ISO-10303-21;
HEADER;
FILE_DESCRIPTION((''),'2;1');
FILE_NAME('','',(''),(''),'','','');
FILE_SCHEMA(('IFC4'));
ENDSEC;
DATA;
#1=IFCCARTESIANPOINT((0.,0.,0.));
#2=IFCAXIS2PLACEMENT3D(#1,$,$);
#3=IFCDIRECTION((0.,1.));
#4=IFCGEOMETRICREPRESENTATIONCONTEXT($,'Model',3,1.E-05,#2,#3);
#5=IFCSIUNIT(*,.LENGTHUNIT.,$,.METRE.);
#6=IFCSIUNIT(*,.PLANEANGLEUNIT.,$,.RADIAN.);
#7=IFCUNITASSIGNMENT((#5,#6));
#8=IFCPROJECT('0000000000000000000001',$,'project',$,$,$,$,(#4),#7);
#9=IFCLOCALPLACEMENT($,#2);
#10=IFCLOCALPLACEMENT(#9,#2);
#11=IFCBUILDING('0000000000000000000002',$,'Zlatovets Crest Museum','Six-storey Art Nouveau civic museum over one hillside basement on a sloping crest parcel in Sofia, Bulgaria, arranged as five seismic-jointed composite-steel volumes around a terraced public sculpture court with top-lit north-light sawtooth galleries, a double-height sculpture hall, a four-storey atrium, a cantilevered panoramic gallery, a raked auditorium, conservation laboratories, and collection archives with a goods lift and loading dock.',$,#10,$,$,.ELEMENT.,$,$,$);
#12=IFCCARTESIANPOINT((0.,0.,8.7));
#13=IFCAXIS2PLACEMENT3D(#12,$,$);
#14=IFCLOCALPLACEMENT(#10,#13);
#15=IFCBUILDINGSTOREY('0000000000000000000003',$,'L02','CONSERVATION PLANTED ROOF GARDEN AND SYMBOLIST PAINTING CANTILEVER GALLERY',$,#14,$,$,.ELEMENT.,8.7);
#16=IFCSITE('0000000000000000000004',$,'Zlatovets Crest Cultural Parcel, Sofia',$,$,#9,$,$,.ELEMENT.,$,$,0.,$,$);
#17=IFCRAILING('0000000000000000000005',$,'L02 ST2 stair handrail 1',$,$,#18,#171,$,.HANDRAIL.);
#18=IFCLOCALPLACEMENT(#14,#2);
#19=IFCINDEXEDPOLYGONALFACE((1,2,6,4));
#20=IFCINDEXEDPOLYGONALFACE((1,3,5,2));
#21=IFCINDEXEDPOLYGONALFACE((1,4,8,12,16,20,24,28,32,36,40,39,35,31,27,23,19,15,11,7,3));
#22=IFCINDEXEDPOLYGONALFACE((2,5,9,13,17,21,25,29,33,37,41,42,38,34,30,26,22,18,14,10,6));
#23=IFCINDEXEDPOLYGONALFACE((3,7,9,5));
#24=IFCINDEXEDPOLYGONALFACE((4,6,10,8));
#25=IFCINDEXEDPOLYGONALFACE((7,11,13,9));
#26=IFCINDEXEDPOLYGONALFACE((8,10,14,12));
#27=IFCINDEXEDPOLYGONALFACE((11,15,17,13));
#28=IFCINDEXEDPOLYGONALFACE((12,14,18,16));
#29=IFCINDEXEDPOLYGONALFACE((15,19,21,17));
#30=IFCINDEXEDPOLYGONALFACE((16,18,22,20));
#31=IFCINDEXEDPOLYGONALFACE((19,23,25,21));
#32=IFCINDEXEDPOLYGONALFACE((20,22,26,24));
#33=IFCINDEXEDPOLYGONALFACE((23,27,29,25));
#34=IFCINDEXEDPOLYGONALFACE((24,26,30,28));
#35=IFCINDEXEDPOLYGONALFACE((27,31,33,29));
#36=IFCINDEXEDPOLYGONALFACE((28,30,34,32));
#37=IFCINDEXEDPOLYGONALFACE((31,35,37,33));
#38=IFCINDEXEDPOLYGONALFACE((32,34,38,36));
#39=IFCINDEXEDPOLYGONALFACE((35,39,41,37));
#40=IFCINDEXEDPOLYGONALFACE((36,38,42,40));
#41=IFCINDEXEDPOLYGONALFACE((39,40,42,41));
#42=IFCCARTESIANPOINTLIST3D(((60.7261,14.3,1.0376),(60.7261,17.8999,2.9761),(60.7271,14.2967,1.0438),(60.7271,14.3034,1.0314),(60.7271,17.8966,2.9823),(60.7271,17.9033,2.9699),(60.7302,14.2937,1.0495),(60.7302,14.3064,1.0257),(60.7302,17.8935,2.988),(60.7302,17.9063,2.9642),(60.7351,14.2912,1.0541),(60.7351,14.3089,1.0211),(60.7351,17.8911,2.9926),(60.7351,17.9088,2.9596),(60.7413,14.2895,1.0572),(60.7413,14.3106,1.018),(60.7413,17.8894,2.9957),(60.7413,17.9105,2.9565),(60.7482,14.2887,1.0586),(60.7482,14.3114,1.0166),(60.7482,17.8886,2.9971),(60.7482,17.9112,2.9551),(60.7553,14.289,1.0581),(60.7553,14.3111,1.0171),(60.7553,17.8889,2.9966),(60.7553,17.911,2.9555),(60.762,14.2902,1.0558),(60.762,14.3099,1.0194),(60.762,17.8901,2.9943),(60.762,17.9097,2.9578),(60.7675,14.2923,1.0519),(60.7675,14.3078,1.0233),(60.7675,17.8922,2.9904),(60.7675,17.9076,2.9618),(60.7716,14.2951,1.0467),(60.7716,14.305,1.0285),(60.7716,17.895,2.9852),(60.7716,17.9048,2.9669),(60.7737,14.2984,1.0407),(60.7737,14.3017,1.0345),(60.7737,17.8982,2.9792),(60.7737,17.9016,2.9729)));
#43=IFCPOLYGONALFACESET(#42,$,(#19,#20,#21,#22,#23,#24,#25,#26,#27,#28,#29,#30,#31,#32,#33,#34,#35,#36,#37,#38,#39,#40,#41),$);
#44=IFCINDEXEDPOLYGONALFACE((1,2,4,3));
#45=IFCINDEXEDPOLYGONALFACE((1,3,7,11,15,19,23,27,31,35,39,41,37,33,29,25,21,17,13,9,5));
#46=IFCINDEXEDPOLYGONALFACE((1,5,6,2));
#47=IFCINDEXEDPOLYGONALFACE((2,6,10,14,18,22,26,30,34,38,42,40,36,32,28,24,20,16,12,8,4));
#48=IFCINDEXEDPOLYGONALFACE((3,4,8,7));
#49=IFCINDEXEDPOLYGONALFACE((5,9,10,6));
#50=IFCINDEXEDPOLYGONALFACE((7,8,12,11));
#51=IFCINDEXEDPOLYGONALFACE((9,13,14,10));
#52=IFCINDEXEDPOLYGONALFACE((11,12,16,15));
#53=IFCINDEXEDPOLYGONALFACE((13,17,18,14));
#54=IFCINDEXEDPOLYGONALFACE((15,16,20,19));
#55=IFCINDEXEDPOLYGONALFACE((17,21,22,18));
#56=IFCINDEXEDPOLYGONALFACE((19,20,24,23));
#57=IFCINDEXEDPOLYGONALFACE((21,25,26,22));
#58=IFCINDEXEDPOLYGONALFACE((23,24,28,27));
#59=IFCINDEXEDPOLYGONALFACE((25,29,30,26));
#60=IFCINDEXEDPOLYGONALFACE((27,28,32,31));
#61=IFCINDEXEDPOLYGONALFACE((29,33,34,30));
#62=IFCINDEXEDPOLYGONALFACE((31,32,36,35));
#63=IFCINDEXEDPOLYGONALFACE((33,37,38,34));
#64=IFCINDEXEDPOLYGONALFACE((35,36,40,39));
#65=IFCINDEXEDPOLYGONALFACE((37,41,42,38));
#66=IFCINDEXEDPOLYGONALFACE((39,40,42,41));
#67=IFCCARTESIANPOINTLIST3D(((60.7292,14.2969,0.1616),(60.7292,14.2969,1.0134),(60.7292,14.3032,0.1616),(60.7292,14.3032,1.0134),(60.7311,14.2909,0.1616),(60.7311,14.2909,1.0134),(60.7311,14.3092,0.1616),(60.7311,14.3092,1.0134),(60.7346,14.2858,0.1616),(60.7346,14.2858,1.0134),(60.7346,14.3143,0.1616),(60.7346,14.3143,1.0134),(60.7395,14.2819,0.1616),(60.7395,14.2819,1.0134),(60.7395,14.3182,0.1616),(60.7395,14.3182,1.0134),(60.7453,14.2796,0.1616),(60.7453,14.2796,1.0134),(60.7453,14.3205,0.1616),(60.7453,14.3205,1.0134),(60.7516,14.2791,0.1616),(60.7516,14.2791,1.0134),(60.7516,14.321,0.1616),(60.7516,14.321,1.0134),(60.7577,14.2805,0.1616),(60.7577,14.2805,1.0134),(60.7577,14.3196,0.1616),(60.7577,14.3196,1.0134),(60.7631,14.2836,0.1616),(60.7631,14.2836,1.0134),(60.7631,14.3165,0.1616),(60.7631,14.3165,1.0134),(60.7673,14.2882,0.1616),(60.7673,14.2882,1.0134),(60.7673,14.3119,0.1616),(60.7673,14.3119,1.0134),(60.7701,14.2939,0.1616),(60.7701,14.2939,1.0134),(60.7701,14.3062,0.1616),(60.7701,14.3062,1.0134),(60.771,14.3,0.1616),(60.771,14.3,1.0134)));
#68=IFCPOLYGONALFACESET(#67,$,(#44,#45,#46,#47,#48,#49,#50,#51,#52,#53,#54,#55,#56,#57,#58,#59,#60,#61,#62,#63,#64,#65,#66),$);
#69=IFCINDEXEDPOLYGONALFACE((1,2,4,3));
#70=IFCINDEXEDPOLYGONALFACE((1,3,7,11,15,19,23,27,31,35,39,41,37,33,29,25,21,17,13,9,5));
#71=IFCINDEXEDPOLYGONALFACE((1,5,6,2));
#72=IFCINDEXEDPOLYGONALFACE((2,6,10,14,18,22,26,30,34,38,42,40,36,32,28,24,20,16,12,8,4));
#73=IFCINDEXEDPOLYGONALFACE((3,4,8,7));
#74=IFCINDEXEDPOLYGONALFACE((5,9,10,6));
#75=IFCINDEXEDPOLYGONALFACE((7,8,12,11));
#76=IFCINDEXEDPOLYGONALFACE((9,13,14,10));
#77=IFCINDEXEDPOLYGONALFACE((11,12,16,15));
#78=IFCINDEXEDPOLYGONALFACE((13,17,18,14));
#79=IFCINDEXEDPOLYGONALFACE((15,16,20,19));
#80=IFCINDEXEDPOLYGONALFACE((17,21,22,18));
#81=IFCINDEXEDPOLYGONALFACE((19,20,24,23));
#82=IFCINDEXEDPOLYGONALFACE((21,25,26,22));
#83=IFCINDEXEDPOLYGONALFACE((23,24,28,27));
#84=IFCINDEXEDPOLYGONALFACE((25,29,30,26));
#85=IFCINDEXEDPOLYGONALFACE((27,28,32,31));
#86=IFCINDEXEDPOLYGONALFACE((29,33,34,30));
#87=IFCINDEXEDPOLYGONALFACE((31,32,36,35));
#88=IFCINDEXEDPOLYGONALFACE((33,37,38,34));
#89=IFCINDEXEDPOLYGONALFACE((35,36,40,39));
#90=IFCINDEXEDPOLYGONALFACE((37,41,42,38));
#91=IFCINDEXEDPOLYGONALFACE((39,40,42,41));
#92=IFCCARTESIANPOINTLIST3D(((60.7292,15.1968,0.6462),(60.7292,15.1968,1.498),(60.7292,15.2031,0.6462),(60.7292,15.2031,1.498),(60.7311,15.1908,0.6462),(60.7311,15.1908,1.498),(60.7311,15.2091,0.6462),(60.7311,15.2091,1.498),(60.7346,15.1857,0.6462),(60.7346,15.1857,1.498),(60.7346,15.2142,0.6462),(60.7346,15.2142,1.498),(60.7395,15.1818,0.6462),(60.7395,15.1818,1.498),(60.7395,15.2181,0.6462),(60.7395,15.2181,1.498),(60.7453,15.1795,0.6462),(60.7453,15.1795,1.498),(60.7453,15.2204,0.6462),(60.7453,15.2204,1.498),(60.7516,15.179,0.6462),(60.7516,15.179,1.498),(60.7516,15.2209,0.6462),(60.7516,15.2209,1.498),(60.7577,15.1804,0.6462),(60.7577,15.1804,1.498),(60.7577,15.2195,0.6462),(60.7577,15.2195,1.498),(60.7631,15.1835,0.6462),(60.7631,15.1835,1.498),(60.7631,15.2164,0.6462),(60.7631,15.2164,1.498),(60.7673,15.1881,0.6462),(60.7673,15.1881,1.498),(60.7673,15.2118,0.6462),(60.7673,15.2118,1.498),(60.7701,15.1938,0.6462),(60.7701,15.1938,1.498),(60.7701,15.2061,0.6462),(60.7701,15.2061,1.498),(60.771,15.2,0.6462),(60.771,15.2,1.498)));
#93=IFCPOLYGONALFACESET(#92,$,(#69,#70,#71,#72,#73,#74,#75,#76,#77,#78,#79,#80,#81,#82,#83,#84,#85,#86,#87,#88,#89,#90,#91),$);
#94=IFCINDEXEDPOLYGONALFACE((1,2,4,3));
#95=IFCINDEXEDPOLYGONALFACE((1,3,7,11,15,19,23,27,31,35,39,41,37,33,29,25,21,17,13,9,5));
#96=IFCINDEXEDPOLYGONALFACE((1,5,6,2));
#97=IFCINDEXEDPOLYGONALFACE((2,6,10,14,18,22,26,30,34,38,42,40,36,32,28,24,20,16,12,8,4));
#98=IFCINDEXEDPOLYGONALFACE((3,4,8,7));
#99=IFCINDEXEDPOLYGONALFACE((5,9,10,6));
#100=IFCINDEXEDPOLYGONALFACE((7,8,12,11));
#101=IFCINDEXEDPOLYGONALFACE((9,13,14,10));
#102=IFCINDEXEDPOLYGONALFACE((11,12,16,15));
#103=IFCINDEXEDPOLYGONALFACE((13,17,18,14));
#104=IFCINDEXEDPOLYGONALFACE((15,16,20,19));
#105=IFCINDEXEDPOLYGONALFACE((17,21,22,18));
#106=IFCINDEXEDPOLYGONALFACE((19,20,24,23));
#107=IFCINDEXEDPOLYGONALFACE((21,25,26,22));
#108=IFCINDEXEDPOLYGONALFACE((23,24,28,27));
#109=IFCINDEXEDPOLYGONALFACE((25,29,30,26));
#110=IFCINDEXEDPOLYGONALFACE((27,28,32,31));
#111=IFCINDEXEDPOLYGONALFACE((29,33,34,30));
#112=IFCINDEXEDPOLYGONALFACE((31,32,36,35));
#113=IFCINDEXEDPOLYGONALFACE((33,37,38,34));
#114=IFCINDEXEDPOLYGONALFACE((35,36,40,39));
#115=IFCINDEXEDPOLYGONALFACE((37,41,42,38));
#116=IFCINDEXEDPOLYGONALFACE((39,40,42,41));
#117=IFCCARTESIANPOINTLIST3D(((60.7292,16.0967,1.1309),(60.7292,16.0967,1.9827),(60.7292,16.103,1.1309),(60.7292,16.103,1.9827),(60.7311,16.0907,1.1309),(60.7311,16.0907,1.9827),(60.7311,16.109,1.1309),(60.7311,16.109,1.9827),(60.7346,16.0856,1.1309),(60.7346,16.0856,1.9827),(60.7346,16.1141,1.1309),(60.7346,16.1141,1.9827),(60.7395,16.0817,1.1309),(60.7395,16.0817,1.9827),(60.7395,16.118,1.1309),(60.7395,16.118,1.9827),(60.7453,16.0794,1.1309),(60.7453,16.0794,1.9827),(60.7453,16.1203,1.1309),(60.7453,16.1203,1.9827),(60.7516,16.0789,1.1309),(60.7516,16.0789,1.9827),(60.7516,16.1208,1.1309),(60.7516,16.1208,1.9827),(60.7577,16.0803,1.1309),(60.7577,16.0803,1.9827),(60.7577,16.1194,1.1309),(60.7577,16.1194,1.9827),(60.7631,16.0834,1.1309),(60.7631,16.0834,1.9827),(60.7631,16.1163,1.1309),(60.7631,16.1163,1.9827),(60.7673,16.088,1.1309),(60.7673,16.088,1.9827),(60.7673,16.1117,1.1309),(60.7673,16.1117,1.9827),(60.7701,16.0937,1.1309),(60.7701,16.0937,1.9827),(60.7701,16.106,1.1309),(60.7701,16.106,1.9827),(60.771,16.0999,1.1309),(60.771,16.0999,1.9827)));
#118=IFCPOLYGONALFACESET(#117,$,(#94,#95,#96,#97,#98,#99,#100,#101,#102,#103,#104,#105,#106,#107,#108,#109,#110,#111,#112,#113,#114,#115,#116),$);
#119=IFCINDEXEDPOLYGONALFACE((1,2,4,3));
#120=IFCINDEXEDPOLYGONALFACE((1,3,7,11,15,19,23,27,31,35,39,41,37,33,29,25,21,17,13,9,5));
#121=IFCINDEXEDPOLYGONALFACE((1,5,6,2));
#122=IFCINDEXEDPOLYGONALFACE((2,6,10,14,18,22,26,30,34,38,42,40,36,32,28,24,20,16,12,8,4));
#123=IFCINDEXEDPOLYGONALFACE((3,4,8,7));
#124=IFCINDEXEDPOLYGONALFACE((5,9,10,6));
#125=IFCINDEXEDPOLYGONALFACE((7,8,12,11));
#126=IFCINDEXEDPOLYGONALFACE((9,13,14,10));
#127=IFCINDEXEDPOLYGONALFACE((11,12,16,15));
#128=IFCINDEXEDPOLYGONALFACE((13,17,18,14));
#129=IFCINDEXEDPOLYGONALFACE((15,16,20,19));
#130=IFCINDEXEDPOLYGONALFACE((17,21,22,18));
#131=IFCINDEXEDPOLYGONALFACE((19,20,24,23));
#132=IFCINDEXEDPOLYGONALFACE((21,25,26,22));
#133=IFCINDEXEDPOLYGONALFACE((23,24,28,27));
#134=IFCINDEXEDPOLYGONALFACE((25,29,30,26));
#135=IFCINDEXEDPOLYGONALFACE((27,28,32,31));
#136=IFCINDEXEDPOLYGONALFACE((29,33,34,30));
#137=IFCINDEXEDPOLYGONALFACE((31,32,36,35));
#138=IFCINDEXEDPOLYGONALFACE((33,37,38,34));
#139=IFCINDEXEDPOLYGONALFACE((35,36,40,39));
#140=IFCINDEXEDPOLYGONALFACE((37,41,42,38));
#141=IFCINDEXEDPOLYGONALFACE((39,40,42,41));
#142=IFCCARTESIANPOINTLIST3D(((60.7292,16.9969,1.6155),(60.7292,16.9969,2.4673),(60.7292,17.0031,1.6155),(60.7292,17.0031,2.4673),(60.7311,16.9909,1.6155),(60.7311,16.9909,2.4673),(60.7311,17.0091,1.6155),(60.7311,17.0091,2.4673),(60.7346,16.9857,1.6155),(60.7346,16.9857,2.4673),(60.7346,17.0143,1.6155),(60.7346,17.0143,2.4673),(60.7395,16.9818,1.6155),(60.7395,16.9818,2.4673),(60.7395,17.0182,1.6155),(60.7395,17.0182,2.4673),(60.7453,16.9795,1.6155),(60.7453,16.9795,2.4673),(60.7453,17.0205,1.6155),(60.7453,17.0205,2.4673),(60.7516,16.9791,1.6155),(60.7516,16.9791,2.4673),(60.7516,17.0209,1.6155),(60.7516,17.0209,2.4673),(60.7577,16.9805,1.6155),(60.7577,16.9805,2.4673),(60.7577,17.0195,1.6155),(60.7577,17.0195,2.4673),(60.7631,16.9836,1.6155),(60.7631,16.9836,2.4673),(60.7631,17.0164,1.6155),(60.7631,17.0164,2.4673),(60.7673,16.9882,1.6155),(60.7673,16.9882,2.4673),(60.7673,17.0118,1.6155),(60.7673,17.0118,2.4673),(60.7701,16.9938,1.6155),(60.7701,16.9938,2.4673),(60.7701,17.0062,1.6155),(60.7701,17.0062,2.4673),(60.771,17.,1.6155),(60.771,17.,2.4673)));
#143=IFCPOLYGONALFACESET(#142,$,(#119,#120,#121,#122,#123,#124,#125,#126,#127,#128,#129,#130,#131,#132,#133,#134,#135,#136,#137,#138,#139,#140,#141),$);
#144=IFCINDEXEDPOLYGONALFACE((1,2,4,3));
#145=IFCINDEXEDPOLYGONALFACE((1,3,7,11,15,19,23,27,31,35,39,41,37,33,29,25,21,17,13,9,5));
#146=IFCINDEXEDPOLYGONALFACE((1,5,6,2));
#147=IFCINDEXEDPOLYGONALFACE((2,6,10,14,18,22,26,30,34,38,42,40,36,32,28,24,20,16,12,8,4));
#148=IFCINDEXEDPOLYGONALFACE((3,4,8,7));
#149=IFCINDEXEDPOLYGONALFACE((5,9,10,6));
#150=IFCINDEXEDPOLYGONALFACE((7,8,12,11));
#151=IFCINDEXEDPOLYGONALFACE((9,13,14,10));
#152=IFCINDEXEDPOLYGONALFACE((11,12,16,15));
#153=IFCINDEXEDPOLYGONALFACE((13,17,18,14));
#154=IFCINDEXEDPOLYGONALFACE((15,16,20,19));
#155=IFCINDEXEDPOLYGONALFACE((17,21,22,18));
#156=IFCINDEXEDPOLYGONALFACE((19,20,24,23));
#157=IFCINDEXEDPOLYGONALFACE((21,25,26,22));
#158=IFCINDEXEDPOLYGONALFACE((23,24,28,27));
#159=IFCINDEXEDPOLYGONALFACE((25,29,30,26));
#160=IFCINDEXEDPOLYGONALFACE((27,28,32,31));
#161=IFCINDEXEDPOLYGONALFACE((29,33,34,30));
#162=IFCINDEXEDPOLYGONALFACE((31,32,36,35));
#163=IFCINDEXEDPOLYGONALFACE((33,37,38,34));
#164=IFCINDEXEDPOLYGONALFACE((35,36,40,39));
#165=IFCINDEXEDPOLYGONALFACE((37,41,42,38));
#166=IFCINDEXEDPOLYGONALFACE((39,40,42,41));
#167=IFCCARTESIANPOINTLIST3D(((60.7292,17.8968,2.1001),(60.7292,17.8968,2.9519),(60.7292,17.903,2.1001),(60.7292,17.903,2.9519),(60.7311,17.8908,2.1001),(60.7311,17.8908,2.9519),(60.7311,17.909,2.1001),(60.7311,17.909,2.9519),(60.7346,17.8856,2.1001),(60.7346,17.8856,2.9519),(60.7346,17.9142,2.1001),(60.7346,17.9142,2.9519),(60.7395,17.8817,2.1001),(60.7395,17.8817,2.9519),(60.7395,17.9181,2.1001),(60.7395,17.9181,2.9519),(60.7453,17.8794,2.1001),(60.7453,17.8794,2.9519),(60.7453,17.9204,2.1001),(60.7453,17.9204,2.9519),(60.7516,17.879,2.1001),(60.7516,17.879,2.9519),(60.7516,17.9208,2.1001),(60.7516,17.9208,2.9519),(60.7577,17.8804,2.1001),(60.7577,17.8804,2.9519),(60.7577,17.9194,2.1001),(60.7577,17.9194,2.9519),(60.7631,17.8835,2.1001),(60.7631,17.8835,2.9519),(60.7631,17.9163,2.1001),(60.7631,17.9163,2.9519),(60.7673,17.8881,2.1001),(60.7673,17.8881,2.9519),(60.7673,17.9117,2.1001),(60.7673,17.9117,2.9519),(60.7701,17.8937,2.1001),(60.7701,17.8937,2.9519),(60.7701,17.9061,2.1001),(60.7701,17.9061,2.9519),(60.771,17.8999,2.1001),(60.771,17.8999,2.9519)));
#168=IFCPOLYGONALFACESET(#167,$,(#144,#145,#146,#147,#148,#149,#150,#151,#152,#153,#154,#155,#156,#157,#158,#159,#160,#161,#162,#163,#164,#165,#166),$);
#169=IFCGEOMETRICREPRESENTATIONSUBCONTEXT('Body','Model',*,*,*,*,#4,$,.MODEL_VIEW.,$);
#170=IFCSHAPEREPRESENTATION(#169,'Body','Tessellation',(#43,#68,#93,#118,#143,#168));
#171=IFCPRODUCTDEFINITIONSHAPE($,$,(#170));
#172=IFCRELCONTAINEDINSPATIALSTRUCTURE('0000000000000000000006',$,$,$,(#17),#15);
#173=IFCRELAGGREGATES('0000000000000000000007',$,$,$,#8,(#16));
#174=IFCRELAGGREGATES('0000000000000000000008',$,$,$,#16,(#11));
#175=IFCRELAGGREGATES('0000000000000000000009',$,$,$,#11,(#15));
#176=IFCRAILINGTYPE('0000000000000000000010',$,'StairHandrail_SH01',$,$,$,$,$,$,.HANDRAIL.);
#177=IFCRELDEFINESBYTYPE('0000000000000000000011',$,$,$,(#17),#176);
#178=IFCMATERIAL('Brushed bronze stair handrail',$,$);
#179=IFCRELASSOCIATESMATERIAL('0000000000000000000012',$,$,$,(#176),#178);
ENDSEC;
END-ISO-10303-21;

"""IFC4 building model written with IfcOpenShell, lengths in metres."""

from ifc_helpers import new_model, si_unit, direction, frame, origin, origin_2d, place, context, subcontext, project, spatial, circle, extrude, material, type_object, element, save


model = new_model("IFC4")

# Units and contexts
model_context = context("Model", 3, precision=1e-05, world=origin(), true_north=direction((0.0, 1.0)))
body_context = subcontext(model_context, "Body", "Model", "MODEL_VIEW")
ifc_project = project(units=[si_unit("LENGTHUNIT", "METRE"), si_unit("PLANEANGLEUNIT", "RADIAN")], contexts=[model_context])

# Site, building, storey
site_placement = place(None, origin())
site = spatial("IfcSite", under=ifc_project, at=site_placement, Name="Zlatovets Crest Cultural Parcel, Sofia", CompositionType="ELEMENT", RefElevation=0.0)
building_placement = place(site_placement, origin())
building = spatial("IfcBuilding", under=site, at=building_placement, Name="Zlatovets Crest Museum", Description="Six-storey Art Nouveau civic museum over one hillside basement on a sloping crest parcel in Sofia, Bulgaria, arranged as five seismic-jointed composite-steel volumes around a terraced public sculpture court with top-lit north-light sawtooth galleries, a double-height sculpture hall, a four-storey atrium, a cantilevered panoramic gallery, a raked auditorium, conservation laboratories, and collection archives with a goods lift and loading dock.", CompositionType="ELEMENT")
storey_placement = place(building_placement, frame((0.0, 0.0, 8.7)))
storey = spatial("IfcBuildingStorey", under=building, at=storey_placement, Name="L02", Description="CONSERVATION PLANTED ROOF GARDEN AND SYMBOLIST PAINTING CANTILEVER GALLERY", CompositionType="ELEMENT", Elevation=8.7)

# Railing
ifc_material_1 = material(Name="Brushed bronze stair handrail")
railing_type_1 = type_object("IfcRailingType", Name="StairHandrail_SH01", PredefinedType="HANDRAIL", material=ifc_material_1)
railing_1_placement = place(storey_placement, frame((60.75, 14.3, 0.1616)))
element("IfcRailing", 1, at=railing_1_placement, inside=storey, type_object=railing_type_1, Name="L02 ST2 stair handrail 1", PredefinedType="HANDRAIL", context=body_context, shape_type="SweptSolid", body=[
    extrude(circle(Radius=0.0239, at=origin_2d()), frame((0.0, 0.0, 0.876), z_axis=(0.0, 0.880462, 0.474118), x_axis=(-1.0, 0.0, 0.0)), (0.0, 0.0, 1.0), 4.0886),
    extrude(circle(Radius=0.021, at=origin_2d()), origin(), (0.0, 0.0, 1.0), 0.8518),
    extrude(circle(Radius=0.021, at=origin_2d()), frame((0.0, 0.8999, 0.4846)), (0.0, 0.0, 1.0), 0.8518),
    extrude(circle(Radius=0.021, at=origin_2d()), frame((0.0, 1.7998, 0.9692)), (0.0, 0.0, 1.0), 0.8518),
    extrude(circle(Radius=0.021, at=origin_2d()), frame((0.0, 2.7, 1.4539)), (0.0, 0.0, 1.0), 0.8518),
    extrude(circle(Radius=0.021, at=origin_2d()), frame((0.0, 3.5999, 1.9385)), (0.0, 0.0, 1.0), 0.8518),
])

save(model, "model.ifc")
